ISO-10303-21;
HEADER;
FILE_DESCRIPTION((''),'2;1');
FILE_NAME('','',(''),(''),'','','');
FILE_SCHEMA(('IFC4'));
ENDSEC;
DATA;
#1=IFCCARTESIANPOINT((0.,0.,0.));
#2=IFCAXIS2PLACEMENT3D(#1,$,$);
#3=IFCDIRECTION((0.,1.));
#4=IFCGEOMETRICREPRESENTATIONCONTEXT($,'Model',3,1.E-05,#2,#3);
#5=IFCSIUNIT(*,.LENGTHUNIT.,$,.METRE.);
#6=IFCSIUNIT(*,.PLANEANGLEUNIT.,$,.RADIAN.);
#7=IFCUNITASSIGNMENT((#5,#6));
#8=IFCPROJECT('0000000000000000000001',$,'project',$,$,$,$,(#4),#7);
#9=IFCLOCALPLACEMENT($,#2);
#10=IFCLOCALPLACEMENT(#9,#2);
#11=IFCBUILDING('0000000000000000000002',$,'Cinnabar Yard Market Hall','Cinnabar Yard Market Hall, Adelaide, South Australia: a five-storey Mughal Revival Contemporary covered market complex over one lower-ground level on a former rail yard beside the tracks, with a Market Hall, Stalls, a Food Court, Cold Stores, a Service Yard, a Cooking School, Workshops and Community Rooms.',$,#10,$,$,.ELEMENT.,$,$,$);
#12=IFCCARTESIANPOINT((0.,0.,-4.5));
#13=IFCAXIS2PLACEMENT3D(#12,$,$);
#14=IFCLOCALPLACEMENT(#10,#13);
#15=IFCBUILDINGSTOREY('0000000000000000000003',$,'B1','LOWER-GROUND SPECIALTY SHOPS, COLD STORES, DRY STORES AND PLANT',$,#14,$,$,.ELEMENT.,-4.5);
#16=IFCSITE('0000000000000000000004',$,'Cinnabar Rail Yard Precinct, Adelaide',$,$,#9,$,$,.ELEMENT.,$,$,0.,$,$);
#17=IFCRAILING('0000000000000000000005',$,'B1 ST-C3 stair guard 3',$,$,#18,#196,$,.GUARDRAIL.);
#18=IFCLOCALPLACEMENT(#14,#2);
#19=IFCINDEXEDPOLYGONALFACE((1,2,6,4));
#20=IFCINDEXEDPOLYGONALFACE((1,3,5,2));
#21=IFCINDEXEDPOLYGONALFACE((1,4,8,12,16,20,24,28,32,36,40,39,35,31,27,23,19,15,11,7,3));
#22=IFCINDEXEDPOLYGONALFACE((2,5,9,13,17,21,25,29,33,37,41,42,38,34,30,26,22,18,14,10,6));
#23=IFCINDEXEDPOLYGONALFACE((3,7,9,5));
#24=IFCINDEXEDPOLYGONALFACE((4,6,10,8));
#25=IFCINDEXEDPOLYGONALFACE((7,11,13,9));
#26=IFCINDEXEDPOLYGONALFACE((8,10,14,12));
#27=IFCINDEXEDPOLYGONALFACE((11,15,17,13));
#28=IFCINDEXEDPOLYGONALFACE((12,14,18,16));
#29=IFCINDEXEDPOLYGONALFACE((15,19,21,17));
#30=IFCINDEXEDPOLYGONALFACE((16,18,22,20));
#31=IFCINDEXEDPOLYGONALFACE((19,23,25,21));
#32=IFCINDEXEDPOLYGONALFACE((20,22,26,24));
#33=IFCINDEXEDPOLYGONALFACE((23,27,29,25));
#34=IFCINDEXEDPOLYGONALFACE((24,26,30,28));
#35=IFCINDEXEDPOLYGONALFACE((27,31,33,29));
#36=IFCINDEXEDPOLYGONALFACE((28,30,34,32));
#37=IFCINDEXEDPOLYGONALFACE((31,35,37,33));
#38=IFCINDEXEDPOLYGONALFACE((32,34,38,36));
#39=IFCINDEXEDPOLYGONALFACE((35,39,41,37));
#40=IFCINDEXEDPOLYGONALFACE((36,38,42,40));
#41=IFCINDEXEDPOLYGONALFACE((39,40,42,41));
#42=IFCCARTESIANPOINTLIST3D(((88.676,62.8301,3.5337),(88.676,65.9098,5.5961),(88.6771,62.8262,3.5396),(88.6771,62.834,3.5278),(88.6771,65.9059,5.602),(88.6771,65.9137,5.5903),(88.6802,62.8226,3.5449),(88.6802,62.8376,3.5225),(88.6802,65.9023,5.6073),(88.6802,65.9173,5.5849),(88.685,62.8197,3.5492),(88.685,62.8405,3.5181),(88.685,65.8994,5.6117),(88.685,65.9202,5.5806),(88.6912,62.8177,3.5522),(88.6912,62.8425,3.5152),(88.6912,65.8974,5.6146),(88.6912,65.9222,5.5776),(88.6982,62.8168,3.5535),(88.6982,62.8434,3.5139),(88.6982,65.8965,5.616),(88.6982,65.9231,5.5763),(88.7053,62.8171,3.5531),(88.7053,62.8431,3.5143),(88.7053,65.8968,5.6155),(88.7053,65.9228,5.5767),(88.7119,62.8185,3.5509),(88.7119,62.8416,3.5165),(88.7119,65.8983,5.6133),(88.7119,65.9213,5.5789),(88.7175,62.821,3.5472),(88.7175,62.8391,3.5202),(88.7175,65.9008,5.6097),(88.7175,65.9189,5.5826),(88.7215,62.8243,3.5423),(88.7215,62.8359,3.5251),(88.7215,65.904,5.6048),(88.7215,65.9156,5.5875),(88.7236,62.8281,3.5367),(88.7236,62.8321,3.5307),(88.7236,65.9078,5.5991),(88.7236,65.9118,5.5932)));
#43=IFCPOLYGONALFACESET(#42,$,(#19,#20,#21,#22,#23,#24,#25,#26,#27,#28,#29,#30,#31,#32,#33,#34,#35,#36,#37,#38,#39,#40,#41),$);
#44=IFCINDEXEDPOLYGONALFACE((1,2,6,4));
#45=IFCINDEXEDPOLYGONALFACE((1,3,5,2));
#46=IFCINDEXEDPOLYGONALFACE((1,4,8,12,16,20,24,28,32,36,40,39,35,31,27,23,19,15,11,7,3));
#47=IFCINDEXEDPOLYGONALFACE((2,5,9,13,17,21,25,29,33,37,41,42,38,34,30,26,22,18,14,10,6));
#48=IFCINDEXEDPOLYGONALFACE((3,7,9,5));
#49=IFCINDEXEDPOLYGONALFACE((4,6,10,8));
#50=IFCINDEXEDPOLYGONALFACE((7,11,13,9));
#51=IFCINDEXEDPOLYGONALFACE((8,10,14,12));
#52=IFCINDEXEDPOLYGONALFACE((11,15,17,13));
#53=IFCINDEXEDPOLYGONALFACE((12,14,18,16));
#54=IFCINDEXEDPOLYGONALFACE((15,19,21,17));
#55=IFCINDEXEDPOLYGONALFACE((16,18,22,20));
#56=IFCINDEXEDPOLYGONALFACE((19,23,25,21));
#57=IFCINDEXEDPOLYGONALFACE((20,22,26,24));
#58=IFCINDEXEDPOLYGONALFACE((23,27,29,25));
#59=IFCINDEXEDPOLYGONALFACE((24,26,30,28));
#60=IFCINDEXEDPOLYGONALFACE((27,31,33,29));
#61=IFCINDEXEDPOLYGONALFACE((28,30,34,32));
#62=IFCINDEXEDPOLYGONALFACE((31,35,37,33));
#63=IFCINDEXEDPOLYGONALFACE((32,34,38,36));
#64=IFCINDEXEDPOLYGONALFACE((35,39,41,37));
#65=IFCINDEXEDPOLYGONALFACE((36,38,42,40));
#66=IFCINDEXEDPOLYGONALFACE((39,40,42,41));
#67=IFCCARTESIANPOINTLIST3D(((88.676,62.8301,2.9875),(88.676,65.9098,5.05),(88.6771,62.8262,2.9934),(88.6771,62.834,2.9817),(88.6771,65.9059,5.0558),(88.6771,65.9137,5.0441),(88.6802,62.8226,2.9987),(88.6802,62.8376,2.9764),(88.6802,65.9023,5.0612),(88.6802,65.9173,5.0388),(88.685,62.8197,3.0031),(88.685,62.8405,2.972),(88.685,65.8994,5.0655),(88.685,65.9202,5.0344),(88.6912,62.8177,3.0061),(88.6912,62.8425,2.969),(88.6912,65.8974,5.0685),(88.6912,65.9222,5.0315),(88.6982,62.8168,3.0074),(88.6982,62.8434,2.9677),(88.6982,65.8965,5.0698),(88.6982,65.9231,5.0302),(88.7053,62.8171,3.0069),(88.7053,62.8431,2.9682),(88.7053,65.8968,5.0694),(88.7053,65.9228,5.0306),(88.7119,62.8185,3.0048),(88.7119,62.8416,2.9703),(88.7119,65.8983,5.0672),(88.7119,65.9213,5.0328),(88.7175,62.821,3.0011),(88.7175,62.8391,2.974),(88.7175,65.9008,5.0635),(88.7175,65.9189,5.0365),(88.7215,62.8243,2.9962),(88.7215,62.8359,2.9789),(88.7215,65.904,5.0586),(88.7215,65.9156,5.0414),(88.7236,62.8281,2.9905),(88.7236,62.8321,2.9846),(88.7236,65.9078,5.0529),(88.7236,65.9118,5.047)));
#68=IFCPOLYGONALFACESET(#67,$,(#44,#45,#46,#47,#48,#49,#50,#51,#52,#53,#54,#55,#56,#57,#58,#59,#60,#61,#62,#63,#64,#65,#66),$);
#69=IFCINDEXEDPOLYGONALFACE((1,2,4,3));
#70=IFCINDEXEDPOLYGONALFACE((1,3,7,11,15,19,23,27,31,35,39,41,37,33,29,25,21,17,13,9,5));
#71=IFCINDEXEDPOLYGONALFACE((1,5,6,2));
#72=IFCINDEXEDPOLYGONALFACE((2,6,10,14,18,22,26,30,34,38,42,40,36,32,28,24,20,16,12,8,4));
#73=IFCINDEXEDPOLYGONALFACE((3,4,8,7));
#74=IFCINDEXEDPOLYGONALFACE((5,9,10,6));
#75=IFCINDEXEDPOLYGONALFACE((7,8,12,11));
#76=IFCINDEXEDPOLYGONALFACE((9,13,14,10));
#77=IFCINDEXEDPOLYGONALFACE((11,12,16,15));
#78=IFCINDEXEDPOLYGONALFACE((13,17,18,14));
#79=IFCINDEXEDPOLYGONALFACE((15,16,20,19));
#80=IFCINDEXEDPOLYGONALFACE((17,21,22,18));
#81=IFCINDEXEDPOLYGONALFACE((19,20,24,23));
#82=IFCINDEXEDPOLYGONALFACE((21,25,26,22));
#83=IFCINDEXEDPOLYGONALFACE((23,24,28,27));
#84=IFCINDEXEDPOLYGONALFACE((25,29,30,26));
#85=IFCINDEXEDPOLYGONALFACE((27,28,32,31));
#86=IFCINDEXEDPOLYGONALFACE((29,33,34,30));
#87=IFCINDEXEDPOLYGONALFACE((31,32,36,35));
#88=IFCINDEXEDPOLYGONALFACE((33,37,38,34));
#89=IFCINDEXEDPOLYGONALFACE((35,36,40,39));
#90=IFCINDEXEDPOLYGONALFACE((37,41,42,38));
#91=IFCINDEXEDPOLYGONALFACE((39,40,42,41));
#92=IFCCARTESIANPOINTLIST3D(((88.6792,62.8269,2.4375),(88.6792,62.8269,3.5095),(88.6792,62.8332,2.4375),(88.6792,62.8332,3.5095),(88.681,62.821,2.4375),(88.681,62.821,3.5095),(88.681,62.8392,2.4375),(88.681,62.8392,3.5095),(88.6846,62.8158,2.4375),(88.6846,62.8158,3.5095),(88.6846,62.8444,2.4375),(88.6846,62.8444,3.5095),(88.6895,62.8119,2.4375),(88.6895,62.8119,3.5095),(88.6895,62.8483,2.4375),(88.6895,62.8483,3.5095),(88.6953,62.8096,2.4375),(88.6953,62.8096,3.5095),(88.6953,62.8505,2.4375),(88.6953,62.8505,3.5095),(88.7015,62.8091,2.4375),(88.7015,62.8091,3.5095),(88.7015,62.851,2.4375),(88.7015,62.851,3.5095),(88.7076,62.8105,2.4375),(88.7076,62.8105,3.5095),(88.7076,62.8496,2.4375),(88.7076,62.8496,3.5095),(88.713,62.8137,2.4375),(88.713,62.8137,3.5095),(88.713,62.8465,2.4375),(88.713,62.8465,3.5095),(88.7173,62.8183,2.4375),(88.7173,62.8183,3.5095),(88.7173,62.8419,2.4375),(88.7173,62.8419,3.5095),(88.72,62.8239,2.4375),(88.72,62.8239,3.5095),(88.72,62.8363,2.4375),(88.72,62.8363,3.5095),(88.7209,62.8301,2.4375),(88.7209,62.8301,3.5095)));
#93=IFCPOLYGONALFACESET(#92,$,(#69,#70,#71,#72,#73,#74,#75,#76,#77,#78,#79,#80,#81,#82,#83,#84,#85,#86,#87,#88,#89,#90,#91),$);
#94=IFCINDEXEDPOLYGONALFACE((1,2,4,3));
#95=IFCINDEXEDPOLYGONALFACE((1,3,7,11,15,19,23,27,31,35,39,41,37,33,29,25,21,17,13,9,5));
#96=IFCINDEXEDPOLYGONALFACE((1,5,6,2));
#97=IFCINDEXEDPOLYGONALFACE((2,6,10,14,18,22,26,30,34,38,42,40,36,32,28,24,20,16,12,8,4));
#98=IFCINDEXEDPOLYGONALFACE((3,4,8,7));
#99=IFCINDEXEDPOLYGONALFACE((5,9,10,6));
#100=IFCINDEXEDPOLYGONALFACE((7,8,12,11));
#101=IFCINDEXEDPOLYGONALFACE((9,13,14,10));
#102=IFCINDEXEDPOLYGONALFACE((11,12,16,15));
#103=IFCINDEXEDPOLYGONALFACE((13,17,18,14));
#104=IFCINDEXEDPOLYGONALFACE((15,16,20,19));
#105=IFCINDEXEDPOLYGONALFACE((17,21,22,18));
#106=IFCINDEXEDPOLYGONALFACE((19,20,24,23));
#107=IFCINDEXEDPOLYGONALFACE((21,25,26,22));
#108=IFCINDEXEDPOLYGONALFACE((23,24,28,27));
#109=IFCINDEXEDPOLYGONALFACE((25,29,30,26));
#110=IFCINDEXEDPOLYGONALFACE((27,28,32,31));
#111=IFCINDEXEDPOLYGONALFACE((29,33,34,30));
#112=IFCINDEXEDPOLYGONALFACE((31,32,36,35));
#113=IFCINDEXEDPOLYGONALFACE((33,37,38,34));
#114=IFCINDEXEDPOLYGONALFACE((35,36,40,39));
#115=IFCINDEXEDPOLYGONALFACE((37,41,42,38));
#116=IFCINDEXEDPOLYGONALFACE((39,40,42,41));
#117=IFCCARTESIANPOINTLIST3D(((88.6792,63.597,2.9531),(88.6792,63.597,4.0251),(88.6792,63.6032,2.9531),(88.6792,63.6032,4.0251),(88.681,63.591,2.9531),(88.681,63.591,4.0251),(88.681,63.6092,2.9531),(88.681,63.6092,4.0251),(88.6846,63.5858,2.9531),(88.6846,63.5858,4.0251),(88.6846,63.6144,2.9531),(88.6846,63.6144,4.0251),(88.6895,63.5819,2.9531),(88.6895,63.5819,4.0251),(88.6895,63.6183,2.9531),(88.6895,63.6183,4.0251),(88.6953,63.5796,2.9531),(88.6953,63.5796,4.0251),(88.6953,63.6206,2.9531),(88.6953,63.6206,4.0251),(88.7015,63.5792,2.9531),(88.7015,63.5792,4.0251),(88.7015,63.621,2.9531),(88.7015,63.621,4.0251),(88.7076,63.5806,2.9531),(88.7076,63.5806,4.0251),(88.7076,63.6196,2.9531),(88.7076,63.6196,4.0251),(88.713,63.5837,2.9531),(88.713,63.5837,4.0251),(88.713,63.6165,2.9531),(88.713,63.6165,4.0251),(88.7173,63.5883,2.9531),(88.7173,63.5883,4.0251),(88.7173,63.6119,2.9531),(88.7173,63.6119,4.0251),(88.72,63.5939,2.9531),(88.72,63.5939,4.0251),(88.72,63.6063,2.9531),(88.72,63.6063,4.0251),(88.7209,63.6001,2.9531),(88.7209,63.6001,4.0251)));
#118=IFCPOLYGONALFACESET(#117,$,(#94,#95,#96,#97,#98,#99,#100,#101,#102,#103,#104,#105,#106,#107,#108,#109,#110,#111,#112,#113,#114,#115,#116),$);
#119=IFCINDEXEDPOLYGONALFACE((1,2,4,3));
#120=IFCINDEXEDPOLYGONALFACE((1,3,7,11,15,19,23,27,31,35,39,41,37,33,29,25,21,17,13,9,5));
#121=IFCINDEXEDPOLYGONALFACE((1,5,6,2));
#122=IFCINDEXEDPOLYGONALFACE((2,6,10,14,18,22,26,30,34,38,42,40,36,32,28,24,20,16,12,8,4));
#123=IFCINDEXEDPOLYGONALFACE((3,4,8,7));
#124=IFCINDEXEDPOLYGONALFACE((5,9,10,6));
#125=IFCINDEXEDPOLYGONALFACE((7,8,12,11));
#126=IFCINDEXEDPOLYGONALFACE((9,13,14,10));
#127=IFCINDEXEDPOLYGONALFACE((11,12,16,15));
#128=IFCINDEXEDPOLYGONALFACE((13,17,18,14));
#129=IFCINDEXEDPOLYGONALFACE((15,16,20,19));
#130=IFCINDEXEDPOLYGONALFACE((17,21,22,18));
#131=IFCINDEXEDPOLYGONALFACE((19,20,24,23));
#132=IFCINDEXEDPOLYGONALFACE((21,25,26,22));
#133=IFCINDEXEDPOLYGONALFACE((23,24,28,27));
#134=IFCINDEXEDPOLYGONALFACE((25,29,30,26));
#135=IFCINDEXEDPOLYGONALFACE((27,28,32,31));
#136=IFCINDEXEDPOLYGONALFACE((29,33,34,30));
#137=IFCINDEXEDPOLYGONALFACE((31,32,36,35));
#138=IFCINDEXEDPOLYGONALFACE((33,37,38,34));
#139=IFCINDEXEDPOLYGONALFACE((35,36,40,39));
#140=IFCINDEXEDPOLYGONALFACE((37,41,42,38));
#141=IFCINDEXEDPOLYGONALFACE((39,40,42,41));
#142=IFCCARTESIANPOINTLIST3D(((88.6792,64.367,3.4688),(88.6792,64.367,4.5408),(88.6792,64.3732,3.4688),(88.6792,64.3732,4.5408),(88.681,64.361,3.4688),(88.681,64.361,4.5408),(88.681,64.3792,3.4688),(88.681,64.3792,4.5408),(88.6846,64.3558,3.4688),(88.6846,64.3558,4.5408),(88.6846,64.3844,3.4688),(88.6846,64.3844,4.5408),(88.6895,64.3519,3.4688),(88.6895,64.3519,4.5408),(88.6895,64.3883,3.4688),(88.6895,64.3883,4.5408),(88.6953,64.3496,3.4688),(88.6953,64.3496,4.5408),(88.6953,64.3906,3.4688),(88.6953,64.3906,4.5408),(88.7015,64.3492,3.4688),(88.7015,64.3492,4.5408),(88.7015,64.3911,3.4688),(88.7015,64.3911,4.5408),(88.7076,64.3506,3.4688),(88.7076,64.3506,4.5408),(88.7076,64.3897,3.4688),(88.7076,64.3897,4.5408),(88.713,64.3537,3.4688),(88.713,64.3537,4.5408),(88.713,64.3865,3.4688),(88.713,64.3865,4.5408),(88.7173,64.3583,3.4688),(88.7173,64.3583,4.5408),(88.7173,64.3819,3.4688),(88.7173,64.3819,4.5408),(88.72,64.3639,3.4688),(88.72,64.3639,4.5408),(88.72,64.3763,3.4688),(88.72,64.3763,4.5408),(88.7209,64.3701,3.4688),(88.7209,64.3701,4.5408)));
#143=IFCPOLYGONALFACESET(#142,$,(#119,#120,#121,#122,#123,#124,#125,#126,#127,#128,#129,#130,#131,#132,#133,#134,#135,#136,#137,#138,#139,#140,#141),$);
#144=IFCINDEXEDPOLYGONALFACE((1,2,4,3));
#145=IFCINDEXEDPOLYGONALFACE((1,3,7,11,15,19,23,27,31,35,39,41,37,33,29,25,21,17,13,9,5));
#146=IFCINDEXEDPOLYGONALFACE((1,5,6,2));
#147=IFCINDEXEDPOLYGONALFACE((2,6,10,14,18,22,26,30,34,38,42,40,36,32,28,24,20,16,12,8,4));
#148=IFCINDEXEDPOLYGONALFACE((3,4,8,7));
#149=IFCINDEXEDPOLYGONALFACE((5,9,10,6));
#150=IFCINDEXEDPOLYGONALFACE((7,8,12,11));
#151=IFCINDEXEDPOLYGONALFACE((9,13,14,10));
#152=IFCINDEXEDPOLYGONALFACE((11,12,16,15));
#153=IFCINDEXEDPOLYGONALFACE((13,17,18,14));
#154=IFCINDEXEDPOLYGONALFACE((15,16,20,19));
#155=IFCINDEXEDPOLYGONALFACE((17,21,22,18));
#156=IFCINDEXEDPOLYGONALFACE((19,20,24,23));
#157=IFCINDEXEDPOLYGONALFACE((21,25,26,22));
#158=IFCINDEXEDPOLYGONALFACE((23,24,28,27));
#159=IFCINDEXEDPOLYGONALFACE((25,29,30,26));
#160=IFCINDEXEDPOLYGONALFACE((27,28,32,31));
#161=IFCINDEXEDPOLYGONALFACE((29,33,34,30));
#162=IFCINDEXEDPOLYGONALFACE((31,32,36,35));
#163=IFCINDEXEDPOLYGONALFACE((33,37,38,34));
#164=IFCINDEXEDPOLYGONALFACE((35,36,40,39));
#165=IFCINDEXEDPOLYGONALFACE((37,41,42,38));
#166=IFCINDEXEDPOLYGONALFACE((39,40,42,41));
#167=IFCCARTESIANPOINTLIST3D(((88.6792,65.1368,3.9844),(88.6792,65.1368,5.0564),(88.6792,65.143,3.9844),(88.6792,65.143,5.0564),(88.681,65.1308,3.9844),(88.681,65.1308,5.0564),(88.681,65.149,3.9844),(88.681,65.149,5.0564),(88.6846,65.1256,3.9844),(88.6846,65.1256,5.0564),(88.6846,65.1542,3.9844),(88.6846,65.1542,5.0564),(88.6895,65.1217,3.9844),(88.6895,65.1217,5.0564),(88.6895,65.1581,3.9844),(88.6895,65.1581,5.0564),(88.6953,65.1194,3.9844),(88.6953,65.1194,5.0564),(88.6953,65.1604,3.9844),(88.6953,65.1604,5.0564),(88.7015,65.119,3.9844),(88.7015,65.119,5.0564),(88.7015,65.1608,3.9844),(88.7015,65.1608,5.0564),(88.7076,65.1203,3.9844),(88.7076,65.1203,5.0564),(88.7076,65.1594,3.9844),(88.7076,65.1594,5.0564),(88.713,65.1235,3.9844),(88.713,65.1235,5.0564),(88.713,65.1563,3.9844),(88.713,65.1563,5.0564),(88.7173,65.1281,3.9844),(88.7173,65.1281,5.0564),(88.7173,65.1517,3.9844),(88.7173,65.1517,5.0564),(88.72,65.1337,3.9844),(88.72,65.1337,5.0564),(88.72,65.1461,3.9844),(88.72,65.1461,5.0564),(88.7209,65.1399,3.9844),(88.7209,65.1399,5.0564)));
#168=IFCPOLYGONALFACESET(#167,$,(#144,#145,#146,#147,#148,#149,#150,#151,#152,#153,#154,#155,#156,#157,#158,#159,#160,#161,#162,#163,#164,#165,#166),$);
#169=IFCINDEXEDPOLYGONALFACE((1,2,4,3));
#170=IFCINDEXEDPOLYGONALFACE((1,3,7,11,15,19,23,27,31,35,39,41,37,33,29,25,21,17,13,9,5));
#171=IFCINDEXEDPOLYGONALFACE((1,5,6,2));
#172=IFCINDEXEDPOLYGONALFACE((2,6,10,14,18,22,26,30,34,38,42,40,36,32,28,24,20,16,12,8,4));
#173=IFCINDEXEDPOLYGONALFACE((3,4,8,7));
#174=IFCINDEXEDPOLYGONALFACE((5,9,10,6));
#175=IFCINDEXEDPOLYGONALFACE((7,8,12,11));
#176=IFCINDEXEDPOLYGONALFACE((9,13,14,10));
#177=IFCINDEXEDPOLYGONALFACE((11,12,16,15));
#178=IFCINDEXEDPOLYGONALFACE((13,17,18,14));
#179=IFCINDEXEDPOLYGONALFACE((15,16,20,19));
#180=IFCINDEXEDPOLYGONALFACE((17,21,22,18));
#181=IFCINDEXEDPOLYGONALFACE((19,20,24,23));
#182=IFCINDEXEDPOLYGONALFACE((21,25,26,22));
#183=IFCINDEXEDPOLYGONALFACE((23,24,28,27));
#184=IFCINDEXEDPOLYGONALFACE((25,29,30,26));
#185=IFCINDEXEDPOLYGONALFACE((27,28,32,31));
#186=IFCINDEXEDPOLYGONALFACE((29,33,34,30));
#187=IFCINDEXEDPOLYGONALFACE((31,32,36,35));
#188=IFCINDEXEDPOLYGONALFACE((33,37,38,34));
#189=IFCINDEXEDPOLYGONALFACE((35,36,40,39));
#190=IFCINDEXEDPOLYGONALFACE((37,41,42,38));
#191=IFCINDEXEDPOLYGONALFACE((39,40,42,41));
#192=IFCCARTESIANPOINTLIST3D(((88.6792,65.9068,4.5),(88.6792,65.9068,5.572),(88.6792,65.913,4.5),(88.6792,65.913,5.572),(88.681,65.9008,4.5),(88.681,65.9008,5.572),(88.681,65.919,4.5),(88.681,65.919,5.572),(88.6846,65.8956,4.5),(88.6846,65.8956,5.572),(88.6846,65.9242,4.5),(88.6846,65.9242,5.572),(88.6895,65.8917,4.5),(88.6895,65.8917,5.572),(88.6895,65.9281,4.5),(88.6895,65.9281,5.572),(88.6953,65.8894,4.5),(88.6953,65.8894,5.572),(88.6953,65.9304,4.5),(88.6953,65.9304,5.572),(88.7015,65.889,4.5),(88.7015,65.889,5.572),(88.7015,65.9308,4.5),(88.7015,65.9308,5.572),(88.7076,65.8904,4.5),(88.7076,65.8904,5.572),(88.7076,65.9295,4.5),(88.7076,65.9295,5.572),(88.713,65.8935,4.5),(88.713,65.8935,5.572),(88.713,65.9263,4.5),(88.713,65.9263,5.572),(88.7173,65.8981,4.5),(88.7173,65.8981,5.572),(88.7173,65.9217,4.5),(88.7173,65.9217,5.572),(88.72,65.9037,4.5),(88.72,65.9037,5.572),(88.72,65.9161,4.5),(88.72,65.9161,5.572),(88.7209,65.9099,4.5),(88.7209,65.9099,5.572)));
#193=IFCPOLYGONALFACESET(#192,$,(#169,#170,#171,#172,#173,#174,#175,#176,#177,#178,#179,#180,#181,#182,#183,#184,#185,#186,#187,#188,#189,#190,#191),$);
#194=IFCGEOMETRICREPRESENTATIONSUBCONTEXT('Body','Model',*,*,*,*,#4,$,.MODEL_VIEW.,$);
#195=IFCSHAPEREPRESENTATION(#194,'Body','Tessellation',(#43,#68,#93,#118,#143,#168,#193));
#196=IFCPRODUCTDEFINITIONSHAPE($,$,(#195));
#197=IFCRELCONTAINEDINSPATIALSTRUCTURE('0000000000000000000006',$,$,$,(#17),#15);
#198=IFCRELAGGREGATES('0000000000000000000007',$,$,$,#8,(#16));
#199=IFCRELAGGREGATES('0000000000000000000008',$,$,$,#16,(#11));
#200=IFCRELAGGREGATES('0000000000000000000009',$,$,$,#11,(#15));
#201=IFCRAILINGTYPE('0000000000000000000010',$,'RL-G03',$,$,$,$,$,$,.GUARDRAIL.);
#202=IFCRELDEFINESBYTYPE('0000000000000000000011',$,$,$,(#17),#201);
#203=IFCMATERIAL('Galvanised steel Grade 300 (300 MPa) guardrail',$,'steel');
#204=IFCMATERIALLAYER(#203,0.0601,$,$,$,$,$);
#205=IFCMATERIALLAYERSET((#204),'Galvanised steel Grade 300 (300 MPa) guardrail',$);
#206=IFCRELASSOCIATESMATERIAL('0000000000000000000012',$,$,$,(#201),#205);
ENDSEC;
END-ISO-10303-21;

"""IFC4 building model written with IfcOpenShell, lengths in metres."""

from ifc_helpers import new_model, si_unit, direction, frame, origin, origin_2d_with_axis, place, context, subcontext, project, spatial, circle, extrude, material, layer, layer_set, type_object, element, save


model = new_model("IFC4")

# Units and contexts
model_context = context("Model", 3, precision=1e-05, world=origin(), true_north=direction((0.0, 1.0)))
body_context = subcontext(model_context, "Body", "Model", "MODEL_VIEW")
ifc_project = project(units=[si_unit("LENGTHUNIT", "METRE"), si_unit("PLANEANGLEUNIT", "RADIAN")], contexts=[model_context])

# Site, building, storey
site_placement = place(None, origin())
site = spatial("IfcSite", under=ifc_project, at=site_placement, Name="Cinnabar Rail Yard Precinct, Adelaide", CompositionType="ELEMENT", RefElevation=0.0)
building_placement = place(site_placement, origin())
building = spatial("IfcBuilding", under=site, at=building_placement, Name="Cinnabar Yard Market Hall", Description="Cinnabar Yard Market Hall, Adelaide, South Australia: a five-storey Mughal Revival Contemporary covered market complex over one lower-ground level on a former rail yard beside the tracks, with a Market Hall, Stalls, a Food Court, Cold Stores, a Service Yard, a Cooking School, Workshops and Community Rooms.", CompositionType="ELEMENT")
storey_placement = place(building_placement, frame((0.0, 0.0, -4.5)))
storey = spatial("IfcBuildingStorey", under=building, at=storey_placement, Name="B1", Description="LOWER-GROUND SPECIALTY SHOPS, COLD STORES, DRY STORES AND PLANT", CompositionType="ELEMENT", Elevation=-4.5)

# Railing
ifc_material_1 = material(Name="Galvanised steel Grade 300 (300 MPa) guardrail", Category="steel")
ifc_layer_1 = layer(ifc_material_1, 0.0601)
ifc_layer_set_1 = layer_set([ifc_layer_1], Name="Galvanised steel Grade 300 (300 MPa) guardrail")
railing_type_1 = type_object("IfcRailingType", Name="RL-G03", PredefinedType="GUARDRAIL", material=ifc_layer_set_1)
railing_1_placement = place(storey_placement, frame((88.7, 62.8301, 2.4375)))
element("IfcRailing", 1, at=railing_1_placement, inside=storey, type_object=railing_type_1, Name="B1 ST-C3 stair guard 3", PredefinedType="GUARDRAIL", context=body_context, shape_type="SweptSolid", body=[
    extrude(circle(Radius=0.0239, at=origin_2d_with_axis()), frame((0.0, 0.0, 1.0962), z_axis=(0.0, 0.830893, 0.556432), x_axis=(-1.0, 0.0, 0.0)), (0.0, 0.0, 1.0), 3.7065),
    extrude(circle(Radius=0.0239, at=origin_2d_with_axis()), frame((0.0, 0.0, 0.55), z_axis=(0.0, 0.830893, 0.556432), x_axis=(-1.0, 0.0, 0.0)), (0.0, 0.0, 1.0), 3.7065),
    extrude(circle(Radius=0.021, at=origin_2d_with_axis()), origin(), (0.0, 0.0, 1.0), 1.072),
    extrude(circle(Radius=0.021, at=origin_2d_with_axis()), frame((0.0, 0.77, 0.5156)), (0.0, 0.0, 1.0), 1.072),
    extrude(circle(Radius=0.021, at=origin_2d_with_axis()), frame((0.0, 1.54, 1.0312)), (0.0, 0.0, 1.0), 1.072),
    extrude(circle(Radius=0.021, at=origin_2d_with_axis()), frame((0.0, 2.3098, 1.5469)), (0.0, 0.0, 1.0), 1.072),
    extrude(circle(Radius=0.021, at=origin_2d_with_axis()), frame((0.0, 3.0798, 2.0625)), (0.0, 0.0, 1.0), 1.072),
])

save(model, "model.ifc")
